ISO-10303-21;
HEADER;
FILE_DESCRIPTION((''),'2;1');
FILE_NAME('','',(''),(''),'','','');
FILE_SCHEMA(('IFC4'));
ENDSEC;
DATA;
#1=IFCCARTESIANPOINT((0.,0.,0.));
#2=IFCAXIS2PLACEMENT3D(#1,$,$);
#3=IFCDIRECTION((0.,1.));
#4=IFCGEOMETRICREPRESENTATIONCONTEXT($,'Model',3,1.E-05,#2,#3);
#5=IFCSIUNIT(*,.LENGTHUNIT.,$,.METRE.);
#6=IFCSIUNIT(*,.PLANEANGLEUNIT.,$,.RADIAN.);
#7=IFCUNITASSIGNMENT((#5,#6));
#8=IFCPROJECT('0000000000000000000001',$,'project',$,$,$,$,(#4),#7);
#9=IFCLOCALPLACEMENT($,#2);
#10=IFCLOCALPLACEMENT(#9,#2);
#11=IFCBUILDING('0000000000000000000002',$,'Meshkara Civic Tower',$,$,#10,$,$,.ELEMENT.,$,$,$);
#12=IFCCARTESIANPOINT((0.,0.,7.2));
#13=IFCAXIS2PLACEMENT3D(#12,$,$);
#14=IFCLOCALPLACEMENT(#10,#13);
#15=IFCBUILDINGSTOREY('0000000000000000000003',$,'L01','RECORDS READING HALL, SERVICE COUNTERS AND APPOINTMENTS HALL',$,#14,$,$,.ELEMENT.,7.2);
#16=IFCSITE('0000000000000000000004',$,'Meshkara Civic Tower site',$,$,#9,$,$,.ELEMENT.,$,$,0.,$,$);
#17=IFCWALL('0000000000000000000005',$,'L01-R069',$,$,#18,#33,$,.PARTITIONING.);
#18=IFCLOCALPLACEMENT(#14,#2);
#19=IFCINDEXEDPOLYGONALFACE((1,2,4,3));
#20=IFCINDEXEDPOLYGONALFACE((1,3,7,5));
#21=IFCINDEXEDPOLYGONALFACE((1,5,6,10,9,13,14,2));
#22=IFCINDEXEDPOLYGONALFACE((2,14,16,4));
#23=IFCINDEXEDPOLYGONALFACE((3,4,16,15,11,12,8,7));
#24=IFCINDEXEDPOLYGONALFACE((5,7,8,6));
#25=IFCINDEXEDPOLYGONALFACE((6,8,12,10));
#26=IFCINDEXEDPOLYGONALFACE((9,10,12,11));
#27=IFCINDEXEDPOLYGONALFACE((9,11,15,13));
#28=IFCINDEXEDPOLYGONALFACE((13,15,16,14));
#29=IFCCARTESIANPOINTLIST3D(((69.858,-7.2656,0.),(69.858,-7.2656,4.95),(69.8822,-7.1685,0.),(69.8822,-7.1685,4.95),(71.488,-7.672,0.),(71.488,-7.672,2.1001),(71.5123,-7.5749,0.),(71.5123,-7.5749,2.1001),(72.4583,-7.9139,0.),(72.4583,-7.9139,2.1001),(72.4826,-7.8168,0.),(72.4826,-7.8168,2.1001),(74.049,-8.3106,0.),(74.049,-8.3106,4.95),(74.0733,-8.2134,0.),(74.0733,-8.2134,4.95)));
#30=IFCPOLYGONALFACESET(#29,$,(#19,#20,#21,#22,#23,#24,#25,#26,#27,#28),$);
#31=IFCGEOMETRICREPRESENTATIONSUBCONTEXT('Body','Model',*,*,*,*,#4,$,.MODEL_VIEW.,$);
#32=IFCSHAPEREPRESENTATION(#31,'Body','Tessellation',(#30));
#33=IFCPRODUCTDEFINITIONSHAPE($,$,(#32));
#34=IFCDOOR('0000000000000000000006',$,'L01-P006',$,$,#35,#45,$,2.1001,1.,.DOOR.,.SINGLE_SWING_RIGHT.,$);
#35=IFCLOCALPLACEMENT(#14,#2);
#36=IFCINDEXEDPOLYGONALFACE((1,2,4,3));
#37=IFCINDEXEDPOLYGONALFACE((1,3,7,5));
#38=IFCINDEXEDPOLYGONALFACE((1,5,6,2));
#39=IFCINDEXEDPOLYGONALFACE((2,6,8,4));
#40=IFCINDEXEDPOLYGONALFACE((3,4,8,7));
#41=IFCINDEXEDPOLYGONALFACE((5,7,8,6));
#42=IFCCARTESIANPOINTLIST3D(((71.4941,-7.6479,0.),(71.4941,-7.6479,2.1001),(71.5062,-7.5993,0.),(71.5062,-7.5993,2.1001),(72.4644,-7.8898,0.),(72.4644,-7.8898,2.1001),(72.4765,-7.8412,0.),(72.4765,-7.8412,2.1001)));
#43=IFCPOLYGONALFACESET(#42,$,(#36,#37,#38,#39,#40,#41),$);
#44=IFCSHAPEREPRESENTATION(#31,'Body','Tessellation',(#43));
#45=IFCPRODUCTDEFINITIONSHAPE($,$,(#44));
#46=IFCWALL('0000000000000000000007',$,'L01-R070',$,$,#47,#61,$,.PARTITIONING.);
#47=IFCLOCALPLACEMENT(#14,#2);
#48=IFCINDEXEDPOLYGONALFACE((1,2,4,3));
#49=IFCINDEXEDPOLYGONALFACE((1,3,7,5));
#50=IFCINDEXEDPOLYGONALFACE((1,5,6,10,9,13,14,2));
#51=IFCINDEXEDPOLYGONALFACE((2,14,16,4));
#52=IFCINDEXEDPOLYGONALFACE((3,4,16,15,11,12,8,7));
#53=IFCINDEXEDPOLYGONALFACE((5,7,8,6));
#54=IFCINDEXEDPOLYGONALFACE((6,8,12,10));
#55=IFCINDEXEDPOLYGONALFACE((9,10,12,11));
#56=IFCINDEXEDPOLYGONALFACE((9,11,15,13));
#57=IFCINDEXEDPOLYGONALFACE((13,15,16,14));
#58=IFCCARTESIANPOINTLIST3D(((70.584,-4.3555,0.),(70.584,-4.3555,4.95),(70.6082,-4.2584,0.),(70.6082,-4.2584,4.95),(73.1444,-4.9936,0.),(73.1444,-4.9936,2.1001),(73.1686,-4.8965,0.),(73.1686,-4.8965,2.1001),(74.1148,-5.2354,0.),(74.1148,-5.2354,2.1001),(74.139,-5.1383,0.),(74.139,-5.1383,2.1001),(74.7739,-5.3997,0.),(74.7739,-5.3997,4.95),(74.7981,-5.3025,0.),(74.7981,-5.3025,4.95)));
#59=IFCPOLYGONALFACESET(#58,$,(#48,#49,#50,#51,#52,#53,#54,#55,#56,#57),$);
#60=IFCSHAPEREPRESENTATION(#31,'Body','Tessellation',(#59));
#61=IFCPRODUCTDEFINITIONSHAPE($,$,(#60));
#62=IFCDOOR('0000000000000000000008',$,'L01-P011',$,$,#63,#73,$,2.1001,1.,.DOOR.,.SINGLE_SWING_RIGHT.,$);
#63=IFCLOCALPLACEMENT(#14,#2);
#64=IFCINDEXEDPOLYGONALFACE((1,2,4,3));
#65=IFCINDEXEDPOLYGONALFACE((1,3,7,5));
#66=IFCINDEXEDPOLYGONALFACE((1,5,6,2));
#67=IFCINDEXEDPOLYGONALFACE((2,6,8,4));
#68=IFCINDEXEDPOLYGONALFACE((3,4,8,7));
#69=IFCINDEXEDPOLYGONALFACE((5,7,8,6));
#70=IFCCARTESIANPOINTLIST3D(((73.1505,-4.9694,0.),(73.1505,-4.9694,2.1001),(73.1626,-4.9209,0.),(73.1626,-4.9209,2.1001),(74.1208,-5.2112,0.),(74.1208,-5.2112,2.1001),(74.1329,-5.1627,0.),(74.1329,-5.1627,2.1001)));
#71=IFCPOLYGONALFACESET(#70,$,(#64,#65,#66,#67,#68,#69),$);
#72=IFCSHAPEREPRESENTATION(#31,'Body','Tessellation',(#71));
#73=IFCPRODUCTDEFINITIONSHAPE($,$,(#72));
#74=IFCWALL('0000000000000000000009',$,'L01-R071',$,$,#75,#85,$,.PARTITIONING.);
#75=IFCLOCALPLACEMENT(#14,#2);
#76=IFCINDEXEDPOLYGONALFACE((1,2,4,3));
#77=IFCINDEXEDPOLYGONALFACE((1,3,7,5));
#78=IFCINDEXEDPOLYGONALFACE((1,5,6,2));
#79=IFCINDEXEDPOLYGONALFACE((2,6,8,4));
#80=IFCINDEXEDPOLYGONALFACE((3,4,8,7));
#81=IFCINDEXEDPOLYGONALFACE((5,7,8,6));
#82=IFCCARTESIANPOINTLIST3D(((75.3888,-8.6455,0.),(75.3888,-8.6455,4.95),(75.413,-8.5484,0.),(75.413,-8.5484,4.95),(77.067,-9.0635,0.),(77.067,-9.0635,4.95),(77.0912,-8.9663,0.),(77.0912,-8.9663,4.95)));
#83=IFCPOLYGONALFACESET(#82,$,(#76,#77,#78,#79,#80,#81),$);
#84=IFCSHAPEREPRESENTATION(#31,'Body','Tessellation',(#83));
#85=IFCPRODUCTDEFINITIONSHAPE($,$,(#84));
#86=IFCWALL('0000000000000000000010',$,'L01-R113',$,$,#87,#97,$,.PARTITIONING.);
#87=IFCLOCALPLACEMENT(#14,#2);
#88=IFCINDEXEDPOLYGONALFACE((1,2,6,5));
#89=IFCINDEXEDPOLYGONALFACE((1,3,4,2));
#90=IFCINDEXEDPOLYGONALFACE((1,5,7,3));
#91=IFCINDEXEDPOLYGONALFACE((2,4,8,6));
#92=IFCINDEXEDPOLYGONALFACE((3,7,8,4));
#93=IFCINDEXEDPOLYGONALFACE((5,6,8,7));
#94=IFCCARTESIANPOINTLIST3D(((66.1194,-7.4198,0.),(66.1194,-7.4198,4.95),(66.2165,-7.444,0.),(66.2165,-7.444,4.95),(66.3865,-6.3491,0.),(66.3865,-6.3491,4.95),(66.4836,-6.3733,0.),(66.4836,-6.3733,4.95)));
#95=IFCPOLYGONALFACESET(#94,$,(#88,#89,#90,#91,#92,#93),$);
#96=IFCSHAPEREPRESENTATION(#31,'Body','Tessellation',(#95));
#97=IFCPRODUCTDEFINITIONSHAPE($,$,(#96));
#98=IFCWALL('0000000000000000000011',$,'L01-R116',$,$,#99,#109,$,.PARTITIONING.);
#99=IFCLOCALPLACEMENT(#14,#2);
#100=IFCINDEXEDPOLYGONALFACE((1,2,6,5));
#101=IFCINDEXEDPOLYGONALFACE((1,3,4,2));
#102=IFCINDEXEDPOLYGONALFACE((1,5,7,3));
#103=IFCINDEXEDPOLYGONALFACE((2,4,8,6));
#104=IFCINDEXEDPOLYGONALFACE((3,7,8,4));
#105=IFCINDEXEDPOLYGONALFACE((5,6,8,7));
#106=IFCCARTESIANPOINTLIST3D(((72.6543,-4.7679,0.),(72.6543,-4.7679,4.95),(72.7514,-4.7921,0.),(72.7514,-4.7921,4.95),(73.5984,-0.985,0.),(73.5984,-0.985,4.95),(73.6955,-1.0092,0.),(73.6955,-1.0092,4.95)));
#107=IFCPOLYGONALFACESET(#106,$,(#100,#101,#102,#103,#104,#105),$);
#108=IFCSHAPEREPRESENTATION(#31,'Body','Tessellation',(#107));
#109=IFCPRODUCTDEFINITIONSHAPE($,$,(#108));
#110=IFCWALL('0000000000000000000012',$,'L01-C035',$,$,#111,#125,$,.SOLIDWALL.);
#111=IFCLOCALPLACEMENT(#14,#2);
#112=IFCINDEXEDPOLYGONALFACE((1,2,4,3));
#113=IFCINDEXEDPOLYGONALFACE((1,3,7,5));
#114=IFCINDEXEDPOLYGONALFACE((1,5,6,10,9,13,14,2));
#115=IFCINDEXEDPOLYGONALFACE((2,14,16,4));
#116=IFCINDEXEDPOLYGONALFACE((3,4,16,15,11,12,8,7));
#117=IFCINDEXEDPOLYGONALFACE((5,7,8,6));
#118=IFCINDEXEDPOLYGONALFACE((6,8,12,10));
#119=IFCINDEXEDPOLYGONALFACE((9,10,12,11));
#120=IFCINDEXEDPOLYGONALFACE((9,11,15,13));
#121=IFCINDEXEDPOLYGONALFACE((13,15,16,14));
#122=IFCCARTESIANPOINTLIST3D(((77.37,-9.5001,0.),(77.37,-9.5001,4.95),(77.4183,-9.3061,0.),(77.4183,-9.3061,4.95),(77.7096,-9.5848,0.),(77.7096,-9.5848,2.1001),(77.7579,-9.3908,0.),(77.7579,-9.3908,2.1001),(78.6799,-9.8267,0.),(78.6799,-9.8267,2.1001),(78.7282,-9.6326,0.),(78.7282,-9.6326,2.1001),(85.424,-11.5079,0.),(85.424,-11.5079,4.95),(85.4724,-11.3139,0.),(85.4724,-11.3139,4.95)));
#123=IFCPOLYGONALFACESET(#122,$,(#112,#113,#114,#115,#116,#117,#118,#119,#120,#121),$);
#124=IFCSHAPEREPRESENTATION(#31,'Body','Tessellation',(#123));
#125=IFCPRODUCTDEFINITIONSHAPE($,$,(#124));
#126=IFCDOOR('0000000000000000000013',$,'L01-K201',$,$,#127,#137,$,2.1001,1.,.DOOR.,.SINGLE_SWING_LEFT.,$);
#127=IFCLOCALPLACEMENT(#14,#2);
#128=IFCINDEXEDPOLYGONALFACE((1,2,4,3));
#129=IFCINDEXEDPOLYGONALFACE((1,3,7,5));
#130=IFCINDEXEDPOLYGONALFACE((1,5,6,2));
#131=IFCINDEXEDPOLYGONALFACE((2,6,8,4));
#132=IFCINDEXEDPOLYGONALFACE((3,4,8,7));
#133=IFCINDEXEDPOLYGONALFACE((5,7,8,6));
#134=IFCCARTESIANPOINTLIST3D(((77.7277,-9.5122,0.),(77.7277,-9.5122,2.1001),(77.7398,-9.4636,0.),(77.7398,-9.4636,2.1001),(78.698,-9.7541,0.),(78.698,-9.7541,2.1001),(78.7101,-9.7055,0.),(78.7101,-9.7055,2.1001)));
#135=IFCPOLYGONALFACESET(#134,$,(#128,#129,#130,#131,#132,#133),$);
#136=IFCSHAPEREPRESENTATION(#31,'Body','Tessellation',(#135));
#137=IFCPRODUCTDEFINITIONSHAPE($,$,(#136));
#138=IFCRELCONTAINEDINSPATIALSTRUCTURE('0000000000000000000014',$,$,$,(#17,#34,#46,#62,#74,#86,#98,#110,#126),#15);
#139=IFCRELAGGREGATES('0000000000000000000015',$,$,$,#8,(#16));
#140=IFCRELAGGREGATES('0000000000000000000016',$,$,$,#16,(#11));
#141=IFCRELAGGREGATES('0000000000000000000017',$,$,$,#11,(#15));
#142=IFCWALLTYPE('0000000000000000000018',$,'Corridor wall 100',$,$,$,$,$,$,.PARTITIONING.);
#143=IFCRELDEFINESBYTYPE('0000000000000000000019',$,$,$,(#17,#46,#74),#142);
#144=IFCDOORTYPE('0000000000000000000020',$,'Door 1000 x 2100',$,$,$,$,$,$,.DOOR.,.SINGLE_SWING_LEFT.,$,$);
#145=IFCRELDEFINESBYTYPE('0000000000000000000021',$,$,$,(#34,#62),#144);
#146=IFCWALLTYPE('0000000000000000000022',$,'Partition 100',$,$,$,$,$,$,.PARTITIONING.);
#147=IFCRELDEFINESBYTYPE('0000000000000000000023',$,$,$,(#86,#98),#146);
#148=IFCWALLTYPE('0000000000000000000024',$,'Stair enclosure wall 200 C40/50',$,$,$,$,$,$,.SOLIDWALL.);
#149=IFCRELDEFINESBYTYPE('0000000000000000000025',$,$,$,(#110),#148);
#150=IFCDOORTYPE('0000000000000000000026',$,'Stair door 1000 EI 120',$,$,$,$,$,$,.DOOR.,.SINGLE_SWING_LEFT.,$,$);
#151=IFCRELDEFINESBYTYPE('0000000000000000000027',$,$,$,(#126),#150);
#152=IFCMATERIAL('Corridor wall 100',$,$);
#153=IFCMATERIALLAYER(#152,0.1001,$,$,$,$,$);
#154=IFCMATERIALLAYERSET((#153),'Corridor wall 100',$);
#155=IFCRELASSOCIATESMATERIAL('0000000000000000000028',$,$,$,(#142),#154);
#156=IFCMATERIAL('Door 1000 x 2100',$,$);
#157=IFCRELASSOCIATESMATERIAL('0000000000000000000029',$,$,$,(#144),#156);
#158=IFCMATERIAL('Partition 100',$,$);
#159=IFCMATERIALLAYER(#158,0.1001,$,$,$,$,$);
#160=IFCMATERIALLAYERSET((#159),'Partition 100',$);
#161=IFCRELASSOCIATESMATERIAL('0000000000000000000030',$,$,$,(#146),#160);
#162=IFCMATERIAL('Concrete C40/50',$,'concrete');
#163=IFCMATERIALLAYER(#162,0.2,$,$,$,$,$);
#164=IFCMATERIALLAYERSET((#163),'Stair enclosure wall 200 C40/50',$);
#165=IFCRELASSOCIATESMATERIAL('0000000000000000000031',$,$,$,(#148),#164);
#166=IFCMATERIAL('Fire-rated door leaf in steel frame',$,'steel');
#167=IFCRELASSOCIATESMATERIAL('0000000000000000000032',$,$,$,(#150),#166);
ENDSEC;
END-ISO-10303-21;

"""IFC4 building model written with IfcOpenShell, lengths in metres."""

from ifc_helpers import new_model, si_unit, direction, frame, frame_2d, origin, place, context, subcontext, project, spatial, rectangle, extrude, material, layer, layer_set, type_object, element, fill, save


model = new_model("IFC4")

# Units and contexts
model_context = context("Model", 3, precision=1e-05, world=origin(), true_north=direction((0.0, 1.0)))
body_context = subcontext(model_context, "Body", "Model", "MODEL_VIEW")
ifc_project = project(units=[si_unit("LENGTHUNIT", "METRE"), si_unit("PLANEANGLEUNIT", "RADIAN")], contexts=[model_context])

# Site, building, storey
site_placement = place(None, origin())
site = spatial("IfcSite", under=ifc_project, at=site_placement, Name="Meshkara Civic Tower site", CompositionType="ELEMENT", RefElevation=0.0)
building_placement = place(site_placement, origin())
building = spatial("IfcBuilding", under=site, at=building_placement, Name="Meshkara Civic Tower", CompositionType="ELEMENT")
storey_placement = place(building_placement, frame((0.0, 0.0, 7.2)))
storey = spatial("IfcBuildingStorey", under=building, at=storey_placement, Name="L01", Description="RECORDS READING HALL, SERVICE COUNTERS AND APPOINTMENTS HALL", CompositionType="ELEMENT", Elevation=7.2)

# Shared definitions
ifc_material_1 = material(Name="Corridor wall 100")
ifc_layer_1 = layer(ifc_material_1, 0.1001)
ifc_layer_set_1 = layer_set([ifc_layer_1], Name="Corridor wall 100")
wall_type_1 = type_object("IfcWallType", Name="Corridor wall 100", PredefinedType="PARTITIONING", material=ifc_layer_set_1)
ifc_material_2 = material(Name="Door 1000 x 2100")
door_type_1 = type_object("IfcDoorType", Name="Door 1000 x 2100", OperationType="SINGLE_SWING_LEFT", PredefinedType="DOOR", material=ifc_material_2)

# Walls, openings, doors
wall_1_placement = place(storey_placement, frame((69.8701, -7.217, 0.0), z_axis=(0.0, 0.0, 1.0), x_axis=(0.970295, -0.241924, 0.0)))
wall_1 = element("IfcWall", 1, at=wall_1_placement, inside=storey, type_object=wall_type_1, Name="L01-R069", PredefinedType="PARTITIONING", context=body_context, shape_type="SweptSolid", body=[
    extrude(rectangle(XDim=4.3193, YDim=0.1001, at=frame_2d((2.1597, 0.0))), origin(), (0.0, 0.0, 1.0), 4.95),
])
opening_1_placement = place(wall_1_placement, frame((1.6799, 0.0, 0.0)))
opening_1 = element("IfcOpeningElement", 2, at=opening_1_placement, cuts=wall_1, PredefinedType="OPENING", context=body_context, shape_type="SweptSolid", body=[
    extrude(rectangle(XDim=1.0, YDim=2.1001, at=frame_2d((0.5, 1.05))), frame((0.0, 0.0601, 0.0), z_axis=(0.0, -1.0, 0.0), x_axis=(1.0, 0.0, 0.0)), (0.0, 0.0, 1.0), 0.1201),
])
door_1_placement = place(opening_1_placement, origin())
door_1 = element("IfcDoor", 3, at=door_1_placement, inside=storey, type_object=door_type_1, Name="L01-P006", OperationType="SINGLE_SWING_RIGHT", OverallHeight=2.1001, OverallWidth=1.0, PredefinedType="DOOR", context=body_context, shape_type="SweptSolid", body=[
    extrude(rectangle(XDim=1.0, YDim=2.1001, at=frame_2d((0.5, 1.05))), frame((0.0, 0.0249, 0.0), z_axis=(0.0, -1.0, 0.0), x_axis=(1.0, 0.0, 0.0)), (0.0, 0.0, 1.0), 0.05),
])
fill(opening_1, door_1)
wall_2_placement = place(storey_placement, frame((70.5959, -4.3069, 0.0), z_axis=(0.0, 0.0, 1.0), x_axis=(0.970322, -0.241817, 0.0)))
wall_2 = element("IfcWall", 4, at=wall_2_placement, inside=storey, type_object=wall_type_1, Name="L01-R070", PredefinedType="PARTITIONING", context=body_context, shape_type="SweptSolid", body=[
    extrude(rectangle(XDim=4.3181, YDim=0.1001, at=frame_2d((2.1592, 0.0))), origin(), (0.0, 0.0, 1.0), 4.95),
])
opening_2_placement = place(wall_2_placement, frame((2.6389, 0.0, 0.0)))
opening_2 = element("IfcOpeningElement", 5, at=opening_2_placement, cuts=wall_2, PredefinedType="OPENING", context=body_context, shape_type="SweptSolid", body=[
    extrude(rectangle(XDim=1.0, YDim=2.1001, at=frame_2d((0.5, 1.05))), frame((0.0, 0.0601, 0.0), z_axis=(0.0, -1.0, 0.0), x_axis=(1.0, 0.0, 0.0)), (0.0, 0.0, 1.0), 0.1201),
])
door_2_placement = place(opening_2_placement, origin())
door_2 = element("IfcDoor", 6, at=door_2_placement, inside=storey, type_object=door_type_1, Name="L01-P011", OperationType="SINGLE_SWING_RIGHT", OverallHeight=2.1001, OverallWidth=1.0, PredefinedType="DOOR", context=body_context, shape_type="SweptSolid", body=[
    extrude(rectangle(XDim=1.0, YDim=2.1001, at=frame_2d((0.5, 1.05))), frame((0.0, 0.0249, 0.0), z_axis=(0.0, -1.0, 0.0), x_axis=(1.0, 0.0, 0.0)), (0.0, 0.0, 1.0), 0.05),
])
fill(opening_2, door_2)

# Walls
wall_3_placement = place(storey_placement, frame((75.4009, -8.5969, 0.0), z_axis=(0.0, 0.0, 1.0), x_axis=(0.970358, -0.241672, 0.0)))
element("IfcWall", 7, at=wall_3_placement, inside=storey, type_object=wall_type_1, Name="L01-R071", PredefinedType="PARTITIONING", context=body_context, shape_type="SweptSolid", body=[
    extrude(rectangle(XDim=1.7295, YDim=0.1001, at=frame_2d((0.8647, 0.0))), origin(), (0.0, 0.0, 1.0), 4.95),
])
ifc_material_3 = material(Name="Partition 100")
ifc_layer_2 = layer(ifc_material_3, 0.1001)
ifc_layer_set_2 = layer_set([ifc_layer_2], Name="Partition 100")
wall_type_2 = type_object("IfcWallType", Name="Partition 100", PredefinedType="PARTITIONING", material=ifc_layer_set_2)
wall_4_placement = place(storey_placement, frame((66.168, -7.4319, 0.0), z_axis=(0.0, 0.0, 1.0), x_axis=(0.242015, 0.970272, 0.0)))
element("IfcWall", 8, at=wall_4_placement, inside=storey, type_object=wall_type_2, Name="L01-R113", PredefinedType="PARTITIONING", context=body_context, shape_type="SweptSolid", body=[
    extrude(rectangle(XDim=1.1035, YDim=0.1001, at=frame_2d((0.5518, 0.0))), origin(), (0.0, 0.0, 1.0), 4.95),
])
wall_5_placement = place(storey_placement, frame((72.7029, -4.78, 0.0), z_axis=(0.0, 0.0, 1.0), x_axis=(0.242138, 0.970242, 0.0)))
element("IfcWall", 9, at=wall_5_placement, inside=storey, type_object=wall_type_2, Name="L01-R116", PredefinedType="PARTITIONING", context=body_context, shape_type="SweptSolid", body=[
    extrude(rectangle(XDim=3.8989, YDim=0.1001, at=frame_2d((1.9495, 0.0))), origin(), (0.0, 0.0, 1.0), 4.95),
])

# Wall, opening, door
ifc_material_4 = material(Name="Concrete C40/50", Category="concrete")
ifc_layer_3 = layer(ifc_material_4, 0.2)
ifc_layer_set_3 = layer_set([ifc_layer_3], Name="Stair enclosure wall 200 C40/50")
wall_type_3 = type_object("IfcWallType", Name="Stair enclosure wall 200 C40/50", PredefinedType="SOLIDWALL", material=ifc_layer_set_3)
wall_6_placement = place(storey_placement, frame((77.394, -9.4031, 0.0), z_axis=(0.0, 0.0, 1.0), x_axis=(0.970303, -0.241892, 0.0)))
wall_6 = element("IfcWall", 10, at=wall_6_placement, inside=storey, type_object=wall_type_3, Name="L01-C035", PredefinedType="SOLIDWALL", context=body_context, shape_type="SweptSolid", body=[
    extrude(rectangle(XDim=8.3005, YDim=0.2, at=frame_2d((4.1504, 0.0))), origin(), (0.0, 0.0, 1.0), 4.95),
])
opening_3_placement = place(wall_6_placement, frame((0.3501, 0.0, 0.0)))
opening_3 = element("IfcOpeningElement", 11, at=opening_3_placement, cuts=wall_6, PredefinedType="OPENING", context=body_context, shape_type="SweptSolid", body=[
    extrude(rectangle(XDim=1.0, YDim=2.1001, at=frame_2d((0.5, 1.05))), frame((0.0, 0.1099, 0.0), z_axis=(0.0, -1.0, 0.0), x_axis=(1.0, 0.0, 0.0)), (0.0, 0.0, 1.0), 0.22),
])
ifc_material_5 = material(Name="Fire-rated door leaf in steel frame", Category="steel")
door_type_2 = type_object("IfcDoorType", Name="Stair door 1000 EI 120", OperationType="SINGLE_SWING_LEFT", PredefinedType="DOOR", material=ifc_material_5)
door_3_placement = place(opening_3_placement, origin())
door_3 = element("IfcDoor", 12, at=door_3_placement, inside=storey, type_object=door_type_2, Name="L01-K201", OperationType="SINGLE_SWING_LEFT", OverallHeight=2.1001, OverallWidth=1.0, PredefinedType="DOOR", context=body_context, shape_type="SweptSolid", body=[
    extrude(rectangle(XDim=1.0, YDim=2.1001, at=frame_2d((0.5, 1.05))), frame((0.0, 0.0249, 0.0), z_axis=(0.0, -1.0, 0.0), x_axis=(1.0, 0.0, 0.0)), (0.0, 0.0, 1.0), 0.05),
])
fill(opening_3, door_3)

save(model, "model.ifc")
